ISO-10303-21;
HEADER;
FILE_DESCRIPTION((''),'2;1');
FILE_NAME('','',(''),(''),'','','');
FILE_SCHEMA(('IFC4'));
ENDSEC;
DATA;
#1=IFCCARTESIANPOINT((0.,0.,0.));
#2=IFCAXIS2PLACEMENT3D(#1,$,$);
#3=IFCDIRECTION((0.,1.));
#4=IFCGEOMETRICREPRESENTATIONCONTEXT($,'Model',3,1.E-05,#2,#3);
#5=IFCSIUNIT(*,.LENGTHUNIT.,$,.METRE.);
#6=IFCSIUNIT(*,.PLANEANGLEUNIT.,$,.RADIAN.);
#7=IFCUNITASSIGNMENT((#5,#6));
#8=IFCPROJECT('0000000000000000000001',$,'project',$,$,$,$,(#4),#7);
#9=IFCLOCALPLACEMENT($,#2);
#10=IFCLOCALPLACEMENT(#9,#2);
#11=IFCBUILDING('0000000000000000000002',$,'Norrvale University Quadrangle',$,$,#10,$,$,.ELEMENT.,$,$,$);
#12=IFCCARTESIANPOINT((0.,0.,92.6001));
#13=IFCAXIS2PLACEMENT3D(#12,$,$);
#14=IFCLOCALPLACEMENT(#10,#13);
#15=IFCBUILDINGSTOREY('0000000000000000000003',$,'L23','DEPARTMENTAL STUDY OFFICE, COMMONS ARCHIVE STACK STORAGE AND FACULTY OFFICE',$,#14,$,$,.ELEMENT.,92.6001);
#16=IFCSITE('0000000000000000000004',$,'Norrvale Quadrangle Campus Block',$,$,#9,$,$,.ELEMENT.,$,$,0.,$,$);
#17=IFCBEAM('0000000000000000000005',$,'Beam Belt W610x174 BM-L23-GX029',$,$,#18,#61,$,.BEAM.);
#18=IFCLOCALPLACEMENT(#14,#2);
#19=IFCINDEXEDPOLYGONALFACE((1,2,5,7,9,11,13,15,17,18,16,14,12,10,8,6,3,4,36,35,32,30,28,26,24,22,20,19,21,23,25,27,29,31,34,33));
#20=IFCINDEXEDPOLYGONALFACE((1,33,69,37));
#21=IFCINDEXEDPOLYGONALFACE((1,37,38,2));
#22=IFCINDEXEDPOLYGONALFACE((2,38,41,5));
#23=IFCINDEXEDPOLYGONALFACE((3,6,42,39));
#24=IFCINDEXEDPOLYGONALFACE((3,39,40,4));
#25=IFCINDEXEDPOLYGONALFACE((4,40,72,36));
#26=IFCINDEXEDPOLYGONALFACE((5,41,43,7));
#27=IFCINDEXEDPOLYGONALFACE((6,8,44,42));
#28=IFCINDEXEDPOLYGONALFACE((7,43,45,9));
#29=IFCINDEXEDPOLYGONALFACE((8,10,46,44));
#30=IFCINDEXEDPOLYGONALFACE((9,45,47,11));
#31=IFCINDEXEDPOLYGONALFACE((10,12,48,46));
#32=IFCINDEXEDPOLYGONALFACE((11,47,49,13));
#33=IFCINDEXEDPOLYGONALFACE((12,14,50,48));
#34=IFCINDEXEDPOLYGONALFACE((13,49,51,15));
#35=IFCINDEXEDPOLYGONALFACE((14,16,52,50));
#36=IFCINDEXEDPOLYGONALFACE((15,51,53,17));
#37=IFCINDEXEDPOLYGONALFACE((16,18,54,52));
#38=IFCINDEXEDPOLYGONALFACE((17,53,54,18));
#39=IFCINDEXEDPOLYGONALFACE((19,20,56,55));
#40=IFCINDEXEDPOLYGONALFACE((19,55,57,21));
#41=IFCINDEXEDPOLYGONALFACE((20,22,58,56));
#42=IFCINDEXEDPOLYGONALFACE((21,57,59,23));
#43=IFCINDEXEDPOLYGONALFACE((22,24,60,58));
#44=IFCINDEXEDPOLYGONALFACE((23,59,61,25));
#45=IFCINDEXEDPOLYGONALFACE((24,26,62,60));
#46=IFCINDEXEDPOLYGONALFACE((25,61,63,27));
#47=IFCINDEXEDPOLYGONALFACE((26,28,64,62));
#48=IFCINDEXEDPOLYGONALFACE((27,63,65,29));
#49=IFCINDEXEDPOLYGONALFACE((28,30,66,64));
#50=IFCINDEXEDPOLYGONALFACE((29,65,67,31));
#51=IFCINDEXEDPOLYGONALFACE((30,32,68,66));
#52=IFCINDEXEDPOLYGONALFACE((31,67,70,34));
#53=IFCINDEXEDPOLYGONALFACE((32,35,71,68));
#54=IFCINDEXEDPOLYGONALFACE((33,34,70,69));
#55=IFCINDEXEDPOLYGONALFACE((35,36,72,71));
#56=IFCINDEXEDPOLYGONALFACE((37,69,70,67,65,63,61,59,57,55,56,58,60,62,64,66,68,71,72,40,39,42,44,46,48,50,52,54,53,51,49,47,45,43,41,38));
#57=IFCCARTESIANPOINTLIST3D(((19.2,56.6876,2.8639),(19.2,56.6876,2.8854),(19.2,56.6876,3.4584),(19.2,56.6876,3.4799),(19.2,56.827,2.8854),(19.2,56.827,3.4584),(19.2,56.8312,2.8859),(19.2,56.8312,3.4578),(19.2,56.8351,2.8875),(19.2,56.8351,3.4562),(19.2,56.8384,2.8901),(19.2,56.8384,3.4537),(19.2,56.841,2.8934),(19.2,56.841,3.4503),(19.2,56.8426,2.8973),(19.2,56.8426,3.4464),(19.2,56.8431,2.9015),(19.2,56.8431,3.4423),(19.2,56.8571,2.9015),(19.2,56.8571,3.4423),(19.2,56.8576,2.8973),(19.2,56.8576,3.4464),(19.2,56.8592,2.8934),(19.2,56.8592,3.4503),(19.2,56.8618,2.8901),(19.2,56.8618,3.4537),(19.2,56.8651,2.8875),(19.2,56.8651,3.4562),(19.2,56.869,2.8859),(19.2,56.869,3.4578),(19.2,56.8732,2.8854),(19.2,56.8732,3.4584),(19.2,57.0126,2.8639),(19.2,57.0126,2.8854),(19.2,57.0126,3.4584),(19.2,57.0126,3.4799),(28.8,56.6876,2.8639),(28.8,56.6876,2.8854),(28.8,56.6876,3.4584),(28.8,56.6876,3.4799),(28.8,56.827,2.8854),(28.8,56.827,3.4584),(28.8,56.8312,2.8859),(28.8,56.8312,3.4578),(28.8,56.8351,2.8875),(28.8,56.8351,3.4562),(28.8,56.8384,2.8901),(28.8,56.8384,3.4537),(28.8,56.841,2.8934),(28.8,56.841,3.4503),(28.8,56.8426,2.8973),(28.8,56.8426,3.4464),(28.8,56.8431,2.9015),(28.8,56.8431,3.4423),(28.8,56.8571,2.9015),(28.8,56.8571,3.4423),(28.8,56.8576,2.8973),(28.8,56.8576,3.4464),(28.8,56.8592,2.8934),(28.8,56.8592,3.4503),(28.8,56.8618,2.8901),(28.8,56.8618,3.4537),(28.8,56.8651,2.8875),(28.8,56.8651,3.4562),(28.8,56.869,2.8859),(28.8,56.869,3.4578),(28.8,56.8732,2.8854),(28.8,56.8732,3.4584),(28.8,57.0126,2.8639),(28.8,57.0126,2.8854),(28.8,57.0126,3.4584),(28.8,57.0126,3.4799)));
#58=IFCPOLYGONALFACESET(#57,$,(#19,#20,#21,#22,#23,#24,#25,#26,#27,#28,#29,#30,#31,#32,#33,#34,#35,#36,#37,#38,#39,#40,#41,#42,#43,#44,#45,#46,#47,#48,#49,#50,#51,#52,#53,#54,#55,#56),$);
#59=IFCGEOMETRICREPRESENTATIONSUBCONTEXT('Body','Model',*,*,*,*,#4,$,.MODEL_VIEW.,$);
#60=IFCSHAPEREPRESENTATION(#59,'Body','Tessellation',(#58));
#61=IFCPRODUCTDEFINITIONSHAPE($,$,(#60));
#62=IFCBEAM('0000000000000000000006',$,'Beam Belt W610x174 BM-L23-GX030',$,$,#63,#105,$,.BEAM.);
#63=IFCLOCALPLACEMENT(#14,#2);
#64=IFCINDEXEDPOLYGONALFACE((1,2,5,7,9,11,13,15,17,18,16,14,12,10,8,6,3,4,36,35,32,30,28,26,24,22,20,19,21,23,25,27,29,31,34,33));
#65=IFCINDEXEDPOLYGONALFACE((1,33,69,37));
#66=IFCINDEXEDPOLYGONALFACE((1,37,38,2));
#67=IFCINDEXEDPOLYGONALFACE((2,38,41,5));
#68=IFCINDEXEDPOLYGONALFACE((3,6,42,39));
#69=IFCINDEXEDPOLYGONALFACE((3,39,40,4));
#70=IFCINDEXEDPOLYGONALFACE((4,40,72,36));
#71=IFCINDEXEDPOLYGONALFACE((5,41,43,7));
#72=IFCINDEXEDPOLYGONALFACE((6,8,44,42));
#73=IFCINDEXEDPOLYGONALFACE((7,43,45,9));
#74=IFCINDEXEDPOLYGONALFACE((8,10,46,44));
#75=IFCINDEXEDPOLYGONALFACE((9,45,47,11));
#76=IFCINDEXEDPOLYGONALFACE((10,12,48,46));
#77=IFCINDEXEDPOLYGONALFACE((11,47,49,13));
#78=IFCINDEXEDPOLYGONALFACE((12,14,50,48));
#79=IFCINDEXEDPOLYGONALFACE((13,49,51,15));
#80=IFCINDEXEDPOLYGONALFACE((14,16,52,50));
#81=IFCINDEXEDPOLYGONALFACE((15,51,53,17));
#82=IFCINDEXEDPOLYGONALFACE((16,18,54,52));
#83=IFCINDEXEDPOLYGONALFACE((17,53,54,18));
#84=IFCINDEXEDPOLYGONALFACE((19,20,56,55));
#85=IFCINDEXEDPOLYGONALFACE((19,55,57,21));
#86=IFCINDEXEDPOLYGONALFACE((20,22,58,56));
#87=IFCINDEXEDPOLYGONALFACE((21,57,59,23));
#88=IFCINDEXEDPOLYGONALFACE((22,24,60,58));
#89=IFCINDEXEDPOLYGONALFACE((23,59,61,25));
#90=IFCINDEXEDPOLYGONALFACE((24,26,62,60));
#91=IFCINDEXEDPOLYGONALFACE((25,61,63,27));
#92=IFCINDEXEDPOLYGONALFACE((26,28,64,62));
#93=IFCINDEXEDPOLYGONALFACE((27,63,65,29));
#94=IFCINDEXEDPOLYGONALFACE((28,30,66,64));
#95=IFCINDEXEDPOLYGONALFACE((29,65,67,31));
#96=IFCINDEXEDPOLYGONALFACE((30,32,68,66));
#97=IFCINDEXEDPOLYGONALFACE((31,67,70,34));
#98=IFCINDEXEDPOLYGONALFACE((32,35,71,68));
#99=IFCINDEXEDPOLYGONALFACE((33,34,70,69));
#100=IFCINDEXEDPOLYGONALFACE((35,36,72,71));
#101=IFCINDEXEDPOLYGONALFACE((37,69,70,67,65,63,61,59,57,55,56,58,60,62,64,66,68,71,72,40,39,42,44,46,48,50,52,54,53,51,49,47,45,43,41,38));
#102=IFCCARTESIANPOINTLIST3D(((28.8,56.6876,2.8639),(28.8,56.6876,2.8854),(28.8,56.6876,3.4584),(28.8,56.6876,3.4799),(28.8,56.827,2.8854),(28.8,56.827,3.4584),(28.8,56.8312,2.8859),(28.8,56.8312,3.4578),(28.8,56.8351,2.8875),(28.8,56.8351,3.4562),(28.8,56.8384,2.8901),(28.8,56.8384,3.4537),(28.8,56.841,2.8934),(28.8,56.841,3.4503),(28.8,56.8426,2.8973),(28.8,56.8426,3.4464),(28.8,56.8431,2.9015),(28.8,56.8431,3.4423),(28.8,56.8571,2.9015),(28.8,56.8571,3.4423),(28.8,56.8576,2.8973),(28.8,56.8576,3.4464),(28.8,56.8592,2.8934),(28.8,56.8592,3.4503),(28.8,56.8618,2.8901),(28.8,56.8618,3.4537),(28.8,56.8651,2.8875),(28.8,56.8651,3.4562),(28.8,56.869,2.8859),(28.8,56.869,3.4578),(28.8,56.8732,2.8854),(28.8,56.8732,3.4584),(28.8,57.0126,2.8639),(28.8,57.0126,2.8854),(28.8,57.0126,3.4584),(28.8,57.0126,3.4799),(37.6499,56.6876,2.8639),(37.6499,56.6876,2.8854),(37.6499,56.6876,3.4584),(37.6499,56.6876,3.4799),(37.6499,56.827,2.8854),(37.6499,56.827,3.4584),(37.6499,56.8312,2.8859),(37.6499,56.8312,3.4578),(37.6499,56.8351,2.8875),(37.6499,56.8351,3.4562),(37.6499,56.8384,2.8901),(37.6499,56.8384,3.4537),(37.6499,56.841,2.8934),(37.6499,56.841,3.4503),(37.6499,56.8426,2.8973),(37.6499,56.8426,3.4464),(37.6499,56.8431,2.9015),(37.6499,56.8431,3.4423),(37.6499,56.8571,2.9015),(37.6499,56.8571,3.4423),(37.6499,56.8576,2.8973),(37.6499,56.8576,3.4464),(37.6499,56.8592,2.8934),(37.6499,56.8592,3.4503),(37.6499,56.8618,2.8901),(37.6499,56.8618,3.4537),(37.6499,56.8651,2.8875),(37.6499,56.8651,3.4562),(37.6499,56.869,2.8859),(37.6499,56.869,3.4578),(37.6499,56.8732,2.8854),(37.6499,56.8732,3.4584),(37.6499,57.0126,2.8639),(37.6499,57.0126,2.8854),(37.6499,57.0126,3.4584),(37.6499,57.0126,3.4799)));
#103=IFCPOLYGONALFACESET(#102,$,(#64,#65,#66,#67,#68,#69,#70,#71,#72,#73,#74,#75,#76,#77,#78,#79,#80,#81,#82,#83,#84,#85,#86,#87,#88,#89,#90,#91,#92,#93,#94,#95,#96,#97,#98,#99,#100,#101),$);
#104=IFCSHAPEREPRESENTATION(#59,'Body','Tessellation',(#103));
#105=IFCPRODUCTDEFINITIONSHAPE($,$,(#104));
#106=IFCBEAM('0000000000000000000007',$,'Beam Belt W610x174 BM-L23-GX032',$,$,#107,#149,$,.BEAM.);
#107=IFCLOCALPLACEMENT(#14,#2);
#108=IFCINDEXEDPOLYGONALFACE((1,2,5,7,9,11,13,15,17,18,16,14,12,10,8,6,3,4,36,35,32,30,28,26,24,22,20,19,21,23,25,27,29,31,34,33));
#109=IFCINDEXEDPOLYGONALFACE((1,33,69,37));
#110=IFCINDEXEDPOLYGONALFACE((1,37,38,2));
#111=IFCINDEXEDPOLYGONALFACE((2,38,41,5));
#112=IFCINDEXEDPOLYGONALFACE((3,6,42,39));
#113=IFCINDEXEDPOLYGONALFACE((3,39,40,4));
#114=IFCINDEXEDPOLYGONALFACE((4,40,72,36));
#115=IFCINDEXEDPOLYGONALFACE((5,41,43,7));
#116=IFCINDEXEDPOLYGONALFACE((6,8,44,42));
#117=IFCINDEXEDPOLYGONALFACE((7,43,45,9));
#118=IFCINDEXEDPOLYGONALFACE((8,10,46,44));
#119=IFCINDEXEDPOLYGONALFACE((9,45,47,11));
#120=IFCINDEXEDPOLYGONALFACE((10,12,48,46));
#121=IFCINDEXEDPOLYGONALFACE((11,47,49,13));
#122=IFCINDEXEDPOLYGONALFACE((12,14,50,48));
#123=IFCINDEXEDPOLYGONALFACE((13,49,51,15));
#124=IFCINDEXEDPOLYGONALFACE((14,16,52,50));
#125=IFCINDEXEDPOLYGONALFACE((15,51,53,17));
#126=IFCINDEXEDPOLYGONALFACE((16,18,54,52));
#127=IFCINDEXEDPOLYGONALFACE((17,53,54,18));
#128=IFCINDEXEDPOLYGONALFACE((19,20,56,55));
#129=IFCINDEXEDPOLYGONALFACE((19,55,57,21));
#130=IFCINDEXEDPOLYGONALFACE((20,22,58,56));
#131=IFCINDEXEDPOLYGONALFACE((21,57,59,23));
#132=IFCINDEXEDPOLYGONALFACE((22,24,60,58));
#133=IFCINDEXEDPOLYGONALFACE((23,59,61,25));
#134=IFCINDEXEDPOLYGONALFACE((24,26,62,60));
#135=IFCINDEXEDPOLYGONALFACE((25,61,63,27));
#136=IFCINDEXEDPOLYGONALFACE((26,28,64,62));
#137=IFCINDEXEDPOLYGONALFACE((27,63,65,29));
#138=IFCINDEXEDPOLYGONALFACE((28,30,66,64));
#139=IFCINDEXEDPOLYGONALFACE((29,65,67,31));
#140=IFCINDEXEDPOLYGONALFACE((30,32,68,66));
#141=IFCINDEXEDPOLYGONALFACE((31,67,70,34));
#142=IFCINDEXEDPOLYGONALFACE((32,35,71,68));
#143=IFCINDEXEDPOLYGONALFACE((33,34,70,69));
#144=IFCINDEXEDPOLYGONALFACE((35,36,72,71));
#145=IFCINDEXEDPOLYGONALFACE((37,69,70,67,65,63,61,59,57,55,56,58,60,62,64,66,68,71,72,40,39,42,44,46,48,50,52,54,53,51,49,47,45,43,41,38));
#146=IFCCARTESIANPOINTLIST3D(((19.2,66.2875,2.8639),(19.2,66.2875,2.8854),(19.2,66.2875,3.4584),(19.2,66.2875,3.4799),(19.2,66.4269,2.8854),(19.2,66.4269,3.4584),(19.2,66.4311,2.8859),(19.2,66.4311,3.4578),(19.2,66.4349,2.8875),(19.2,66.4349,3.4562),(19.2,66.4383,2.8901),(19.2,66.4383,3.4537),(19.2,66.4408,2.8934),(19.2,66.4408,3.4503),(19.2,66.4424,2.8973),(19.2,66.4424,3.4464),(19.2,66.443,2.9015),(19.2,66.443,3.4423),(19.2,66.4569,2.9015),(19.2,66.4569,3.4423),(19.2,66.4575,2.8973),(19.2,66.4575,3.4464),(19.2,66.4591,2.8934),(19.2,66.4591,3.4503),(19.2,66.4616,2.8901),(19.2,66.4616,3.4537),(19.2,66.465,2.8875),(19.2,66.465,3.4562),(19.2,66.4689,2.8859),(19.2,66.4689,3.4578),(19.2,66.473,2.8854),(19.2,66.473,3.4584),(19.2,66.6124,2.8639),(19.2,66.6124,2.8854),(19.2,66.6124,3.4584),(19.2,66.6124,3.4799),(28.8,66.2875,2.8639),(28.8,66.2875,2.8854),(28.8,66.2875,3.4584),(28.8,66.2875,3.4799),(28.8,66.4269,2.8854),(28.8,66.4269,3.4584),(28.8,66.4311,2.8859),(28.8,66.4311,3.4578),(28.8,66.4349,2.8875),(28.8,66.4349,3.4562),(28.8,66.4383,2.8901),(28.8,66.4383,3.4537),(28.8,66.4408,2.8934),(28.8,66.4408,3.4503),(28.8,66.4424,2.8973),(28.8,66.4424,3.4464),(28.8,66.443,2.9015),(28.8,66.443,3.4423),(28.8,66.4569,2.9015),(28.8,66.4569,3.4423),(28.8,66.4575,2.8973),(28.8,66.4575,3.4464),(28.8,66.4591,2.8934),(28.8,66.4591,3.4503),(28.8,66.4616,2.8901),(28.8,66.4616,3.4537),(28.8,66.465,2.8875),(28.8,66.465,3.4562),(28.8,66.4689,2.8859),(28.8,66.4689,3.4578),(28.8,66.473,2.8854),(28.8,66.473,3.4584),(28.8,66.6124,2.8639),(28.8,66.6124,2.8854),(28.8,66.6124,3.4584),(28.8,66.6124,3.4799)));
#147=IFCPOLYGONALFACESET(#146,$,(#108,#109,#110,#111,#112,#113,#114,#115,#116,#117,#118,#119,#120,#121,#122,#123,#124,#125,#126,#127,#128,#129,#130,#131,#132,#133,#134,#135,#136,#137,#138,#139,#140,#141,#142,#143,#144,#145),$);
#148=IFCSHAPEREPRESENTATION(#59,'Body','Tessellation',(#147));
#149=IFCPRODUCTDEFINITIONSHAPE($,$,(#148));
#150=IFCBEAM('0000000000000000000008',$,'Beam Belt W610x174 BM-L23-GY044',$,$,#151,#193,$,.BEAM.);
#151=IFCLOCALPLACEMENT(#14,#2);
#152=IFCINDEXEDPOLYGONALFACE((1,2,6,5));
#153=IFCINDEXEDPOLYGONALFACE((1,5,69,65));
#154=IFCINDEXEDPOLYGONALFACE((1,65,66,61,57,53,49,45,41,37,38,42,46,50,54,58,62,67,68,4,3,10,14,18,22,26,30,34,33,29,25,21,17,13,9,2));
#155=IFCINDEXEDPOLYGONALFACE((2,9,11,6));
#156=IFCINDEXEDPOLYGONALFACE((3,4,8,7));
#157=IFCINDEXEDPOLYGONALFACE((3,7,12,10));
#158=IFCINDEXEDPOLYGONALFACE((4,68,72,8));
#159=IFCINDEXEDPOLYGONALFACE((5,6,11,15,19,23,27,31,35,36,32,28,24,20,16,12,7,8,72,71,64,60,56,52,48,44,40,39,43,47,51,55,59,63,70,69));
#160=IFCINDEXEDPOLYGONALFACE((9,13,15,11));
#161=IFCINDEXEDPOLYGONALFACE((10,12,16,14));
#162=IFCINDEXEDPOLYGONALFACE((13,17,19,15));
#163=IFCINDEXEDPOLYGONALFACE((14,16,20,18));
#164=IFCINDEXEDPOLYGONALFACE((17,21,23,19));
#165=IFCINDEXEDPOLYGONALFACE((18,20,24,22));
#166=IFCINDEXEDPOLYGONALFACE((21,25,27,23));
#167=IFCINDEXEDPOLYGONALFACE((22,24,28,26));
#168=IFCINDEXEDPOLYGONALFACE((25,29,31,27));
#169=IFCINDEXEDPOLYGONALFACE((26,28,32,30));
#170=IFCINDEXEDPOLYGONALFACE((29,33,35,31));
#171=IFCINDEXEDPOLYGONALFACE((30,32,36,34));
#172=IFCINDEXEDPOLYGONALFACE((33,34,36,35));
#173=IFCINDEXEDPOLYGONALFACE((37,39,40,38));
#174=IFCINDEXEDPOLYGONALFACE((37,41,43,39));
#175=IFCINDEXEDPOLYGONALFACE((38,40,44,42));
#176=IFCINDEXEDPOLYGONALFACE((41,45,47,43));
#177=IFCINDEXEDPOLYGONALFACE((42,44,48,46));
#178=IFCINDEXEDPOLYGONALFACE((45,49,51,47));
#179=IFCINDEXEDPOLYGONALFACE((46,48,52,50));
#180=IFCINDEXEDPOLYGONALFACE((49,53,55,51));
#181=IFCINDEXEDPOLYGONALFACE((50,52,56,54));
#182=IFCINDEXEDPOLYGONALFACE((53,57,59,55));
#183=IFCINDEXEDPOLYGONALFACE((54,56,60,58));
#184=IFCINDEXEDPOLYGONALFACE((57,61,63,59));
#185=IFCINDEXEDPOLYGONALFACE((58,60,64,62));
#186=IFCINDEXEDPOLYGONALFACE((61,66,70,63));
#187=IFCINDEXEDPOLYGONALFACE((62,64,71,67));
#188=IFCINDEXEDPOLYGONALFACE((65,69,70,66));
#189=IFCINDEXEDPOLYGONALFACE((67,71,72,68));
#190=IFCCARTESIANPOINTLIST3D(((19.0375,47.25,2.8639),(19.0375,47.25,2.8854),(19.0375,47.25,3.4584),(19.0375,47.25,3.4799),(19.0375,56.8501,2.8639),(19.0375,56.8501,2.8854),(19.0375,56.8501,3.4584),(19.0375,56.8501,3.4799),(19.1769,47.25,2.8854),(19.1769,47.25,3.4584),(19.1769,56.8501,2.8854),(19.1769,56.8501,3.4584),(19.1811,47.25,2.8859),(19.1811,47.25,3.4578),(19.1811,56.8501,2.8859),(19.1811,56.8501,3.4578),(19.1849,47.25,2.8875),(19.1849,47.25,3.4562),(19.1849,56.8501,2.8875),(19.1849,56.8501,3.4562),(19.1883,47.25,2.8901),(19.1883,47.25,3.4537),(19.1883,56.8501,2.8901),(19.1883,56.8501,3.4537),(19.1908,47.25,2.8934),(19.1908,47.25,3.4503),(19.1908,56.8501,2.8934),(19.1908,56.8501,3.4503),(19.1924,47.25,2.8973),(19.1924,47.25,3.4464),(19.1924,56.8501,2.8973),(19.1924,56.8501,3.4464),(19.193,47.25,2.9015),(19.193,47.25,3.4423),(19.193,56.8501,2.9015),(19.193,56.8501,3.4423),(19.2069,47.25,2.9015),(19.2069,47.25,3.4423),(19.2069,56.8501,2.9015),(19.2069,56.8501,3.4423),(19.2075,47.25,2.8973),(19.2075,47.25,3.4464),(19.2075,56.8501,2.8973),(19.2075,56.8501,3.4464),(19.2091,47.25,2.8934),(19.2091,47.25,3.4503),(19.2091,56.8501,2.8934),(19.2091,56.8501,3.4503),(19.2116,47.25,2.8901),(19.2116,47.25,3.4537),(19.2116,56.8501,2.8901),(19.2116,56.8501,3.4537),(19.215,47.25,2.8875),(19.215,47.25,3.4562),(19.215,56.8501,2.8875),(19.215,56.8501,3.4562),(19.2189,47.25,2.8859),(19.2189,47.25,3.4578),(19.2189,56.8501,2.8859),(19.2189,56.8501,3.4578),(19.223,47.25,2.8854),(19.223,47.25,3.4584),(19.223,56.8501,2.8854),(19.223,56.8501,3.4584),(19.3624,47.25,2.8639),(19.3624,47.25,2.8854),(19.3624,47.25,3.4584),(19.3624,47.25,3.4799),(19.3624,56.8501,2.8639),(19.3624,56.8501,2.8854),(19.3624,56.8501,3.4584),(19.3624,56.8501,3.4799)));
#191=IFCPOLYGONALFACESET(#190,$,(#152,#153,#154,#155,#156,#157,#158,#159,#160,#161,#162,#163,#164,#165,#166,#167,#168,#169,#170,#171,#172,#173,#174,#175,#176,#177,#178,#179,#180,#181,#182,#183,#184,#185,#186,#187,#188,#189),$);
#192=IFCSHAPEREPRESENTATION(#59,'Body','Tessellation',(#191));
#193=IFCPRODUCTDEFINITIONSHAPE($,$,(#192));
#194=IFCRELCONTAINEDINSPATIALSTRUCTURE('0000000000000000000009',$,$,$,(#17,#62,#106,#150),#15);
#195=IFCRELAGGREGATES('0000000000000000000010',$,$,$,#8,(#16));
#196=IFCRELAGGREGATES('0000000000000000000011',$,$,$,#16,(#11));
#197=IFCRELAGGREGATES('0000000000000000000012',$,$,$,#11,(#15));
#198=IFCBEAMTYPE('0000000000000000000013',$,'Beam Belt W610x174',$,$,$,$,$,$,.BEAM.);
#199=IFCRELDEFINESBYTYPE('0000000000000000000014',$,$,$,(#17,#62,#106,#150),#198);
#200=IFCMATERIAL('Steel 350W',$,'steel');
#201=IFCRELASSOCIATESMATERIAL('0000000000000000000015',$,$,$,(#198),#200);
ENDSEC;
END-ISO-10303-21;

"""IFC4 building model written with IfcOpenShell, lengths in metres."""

from ifc_helpers import new_model, si_unit, direction, frame, origin, origin_2d, place, context, subcontext, project, spatial, i_section, extrude, material, material_profile, profile_set, type_object, element, save


model = new_model("IFC4")

# Units and contexts
model_context = context("Model", 3, precision=1e-05, world=origin(), true_north=direction((0.0, 1.0)))
body_context = subcontext(model_context, "Body", "Model", "MODEL_VIEW")
ifc_project = project(units=[si_unit("LENGTHUNIT", "METRE"), si_unit("PLANEANGLEUNIT", "RADIAN")], contexts=[model_context])

# Site, building, storey
site_placement = place(None, origin())
site = spatial("IfcSite", under=ifc_project, at=site_placement, Name="Norrvale Quadrangle Campus Block", CompositionType="ELEMENT", RefElevation=0.0)
building_placement = place(site_placement, origin())
building = spatial("IfcBuilding", under=site, at=building_placement, Name="Norrvale University Quadrangle", CompositionType="ELEMENT")
storey_placement = place(building_placement, frame((0.0, 0.0, 92.6001)))
storey = spatial("IfcBuildingStorey", under=building, at=storey_placement, Name="L23", Description="DEPARTMENTAL STUDY OFFICE, COMMONS ARCHIVE STACK STORAGE AND FACULTY OFFICE", CompositionType="ELEMENT", Elevation=92.6001)

# Beams
ifc_material_1 = material(Name="Steel 350W", Category="steel")
ifc_material_profile_1 = material_profile(ifc_material_1, i_section(OverallWidth=0.325, OverallDepth=0.616, WebThickness=0.0139, FlangeThickness=0.0215, FilletRadius=0.0161, at=origin_2d()), Name="Steel 350W")
ifc_profile_set_1 = profile_set([ifc_material_profile_1], Name="Steel 350W")
beam_type_1 = type_object("IfcBeamType", Name="Beam Belt W610x174", PredefinedType="BEAM", material=ifc_profile_set_1)
beam_1_placement = place(storey_placement, frame((19.2, 56.8501, 3.1719), z_axis=(1.0, 0.0, 0.0), x_axis=(0.0, 1.0, 0.0)))
element("IfcBeam", 1, at=beam_1_placement, inside=storey, type_object=beam_type_1, Name="Beam Belt W610x174 BM-L23-GX029", PredefinedType="BEAM", context=body_context, shape_type="SweptSolid", body=[
    extrude(i_section(OverallWidth=0.325, OverallDepth=0.616, WebThickness=0.0139, FlangeThickness=0.0215, FilletRadius=0.0161, at=origin_2d()), origin(), (0.0, 0.0, 1.0), 9.6001),
])
beam_2_placement = place(storey_placement, frame((28.8, 56.8501, 3.1719), z_axis=(1.0, 0.0, 0.0), x_axis=(0.0, 1.0, 0.0)))
element("IfcBeam", 2, at=beam_2_placement, inside=storey, type_object=beam_type_1, Name="Beam Belt W610x174 BM-L23-GX030", PredefinedType="BEAM", context=body_context, shape_type="SweptSolid", body=[
    extrude(i_section(OverallWidth=0.325, OverallDepth=0.616, WebThickness=0.0139, FlangeThickness=0.0215, FilletRadius=0.0161, at=origin_2d()), origin(), (0.0, 0.0, 1.0), 8.8499),
])
for number, where, z_axis, x_axis, name in (
    (3, (19.2, 66.45, 3.1719), (1.0, 0.0, 0.0), (0.0, 1.0, 0.0), "Beam Belt W610x174 BM-L23-GX032"),
    (4, (19.2, 47.25, 3.1719), (0.0, 1.0, 0.0), (-1.0, 0.0, 0.0), "Beam Belt W610x174 BM-L23-GY044"),
):
    element("IfcBeam", number, at=place(storey_placement, frame(where, z_axis=z_axis, x_axis=x_axis)), inside=storey, type_object=beam_type_1, Name=name, PredefinedType="BEAM", context=body_context, shape_type="SweptSolid", body=[
        extrude(i_section(OverallWidth=0.325, OverallDepth=0.616, WebThickness=0.0139, FlangeThickness=0.0215, FilletRadius=0.0161, at=origin_2d()), origin(), (0.0, 0.0, 1.0), 9.6001),
    ])

save(model, "model.ifc")
